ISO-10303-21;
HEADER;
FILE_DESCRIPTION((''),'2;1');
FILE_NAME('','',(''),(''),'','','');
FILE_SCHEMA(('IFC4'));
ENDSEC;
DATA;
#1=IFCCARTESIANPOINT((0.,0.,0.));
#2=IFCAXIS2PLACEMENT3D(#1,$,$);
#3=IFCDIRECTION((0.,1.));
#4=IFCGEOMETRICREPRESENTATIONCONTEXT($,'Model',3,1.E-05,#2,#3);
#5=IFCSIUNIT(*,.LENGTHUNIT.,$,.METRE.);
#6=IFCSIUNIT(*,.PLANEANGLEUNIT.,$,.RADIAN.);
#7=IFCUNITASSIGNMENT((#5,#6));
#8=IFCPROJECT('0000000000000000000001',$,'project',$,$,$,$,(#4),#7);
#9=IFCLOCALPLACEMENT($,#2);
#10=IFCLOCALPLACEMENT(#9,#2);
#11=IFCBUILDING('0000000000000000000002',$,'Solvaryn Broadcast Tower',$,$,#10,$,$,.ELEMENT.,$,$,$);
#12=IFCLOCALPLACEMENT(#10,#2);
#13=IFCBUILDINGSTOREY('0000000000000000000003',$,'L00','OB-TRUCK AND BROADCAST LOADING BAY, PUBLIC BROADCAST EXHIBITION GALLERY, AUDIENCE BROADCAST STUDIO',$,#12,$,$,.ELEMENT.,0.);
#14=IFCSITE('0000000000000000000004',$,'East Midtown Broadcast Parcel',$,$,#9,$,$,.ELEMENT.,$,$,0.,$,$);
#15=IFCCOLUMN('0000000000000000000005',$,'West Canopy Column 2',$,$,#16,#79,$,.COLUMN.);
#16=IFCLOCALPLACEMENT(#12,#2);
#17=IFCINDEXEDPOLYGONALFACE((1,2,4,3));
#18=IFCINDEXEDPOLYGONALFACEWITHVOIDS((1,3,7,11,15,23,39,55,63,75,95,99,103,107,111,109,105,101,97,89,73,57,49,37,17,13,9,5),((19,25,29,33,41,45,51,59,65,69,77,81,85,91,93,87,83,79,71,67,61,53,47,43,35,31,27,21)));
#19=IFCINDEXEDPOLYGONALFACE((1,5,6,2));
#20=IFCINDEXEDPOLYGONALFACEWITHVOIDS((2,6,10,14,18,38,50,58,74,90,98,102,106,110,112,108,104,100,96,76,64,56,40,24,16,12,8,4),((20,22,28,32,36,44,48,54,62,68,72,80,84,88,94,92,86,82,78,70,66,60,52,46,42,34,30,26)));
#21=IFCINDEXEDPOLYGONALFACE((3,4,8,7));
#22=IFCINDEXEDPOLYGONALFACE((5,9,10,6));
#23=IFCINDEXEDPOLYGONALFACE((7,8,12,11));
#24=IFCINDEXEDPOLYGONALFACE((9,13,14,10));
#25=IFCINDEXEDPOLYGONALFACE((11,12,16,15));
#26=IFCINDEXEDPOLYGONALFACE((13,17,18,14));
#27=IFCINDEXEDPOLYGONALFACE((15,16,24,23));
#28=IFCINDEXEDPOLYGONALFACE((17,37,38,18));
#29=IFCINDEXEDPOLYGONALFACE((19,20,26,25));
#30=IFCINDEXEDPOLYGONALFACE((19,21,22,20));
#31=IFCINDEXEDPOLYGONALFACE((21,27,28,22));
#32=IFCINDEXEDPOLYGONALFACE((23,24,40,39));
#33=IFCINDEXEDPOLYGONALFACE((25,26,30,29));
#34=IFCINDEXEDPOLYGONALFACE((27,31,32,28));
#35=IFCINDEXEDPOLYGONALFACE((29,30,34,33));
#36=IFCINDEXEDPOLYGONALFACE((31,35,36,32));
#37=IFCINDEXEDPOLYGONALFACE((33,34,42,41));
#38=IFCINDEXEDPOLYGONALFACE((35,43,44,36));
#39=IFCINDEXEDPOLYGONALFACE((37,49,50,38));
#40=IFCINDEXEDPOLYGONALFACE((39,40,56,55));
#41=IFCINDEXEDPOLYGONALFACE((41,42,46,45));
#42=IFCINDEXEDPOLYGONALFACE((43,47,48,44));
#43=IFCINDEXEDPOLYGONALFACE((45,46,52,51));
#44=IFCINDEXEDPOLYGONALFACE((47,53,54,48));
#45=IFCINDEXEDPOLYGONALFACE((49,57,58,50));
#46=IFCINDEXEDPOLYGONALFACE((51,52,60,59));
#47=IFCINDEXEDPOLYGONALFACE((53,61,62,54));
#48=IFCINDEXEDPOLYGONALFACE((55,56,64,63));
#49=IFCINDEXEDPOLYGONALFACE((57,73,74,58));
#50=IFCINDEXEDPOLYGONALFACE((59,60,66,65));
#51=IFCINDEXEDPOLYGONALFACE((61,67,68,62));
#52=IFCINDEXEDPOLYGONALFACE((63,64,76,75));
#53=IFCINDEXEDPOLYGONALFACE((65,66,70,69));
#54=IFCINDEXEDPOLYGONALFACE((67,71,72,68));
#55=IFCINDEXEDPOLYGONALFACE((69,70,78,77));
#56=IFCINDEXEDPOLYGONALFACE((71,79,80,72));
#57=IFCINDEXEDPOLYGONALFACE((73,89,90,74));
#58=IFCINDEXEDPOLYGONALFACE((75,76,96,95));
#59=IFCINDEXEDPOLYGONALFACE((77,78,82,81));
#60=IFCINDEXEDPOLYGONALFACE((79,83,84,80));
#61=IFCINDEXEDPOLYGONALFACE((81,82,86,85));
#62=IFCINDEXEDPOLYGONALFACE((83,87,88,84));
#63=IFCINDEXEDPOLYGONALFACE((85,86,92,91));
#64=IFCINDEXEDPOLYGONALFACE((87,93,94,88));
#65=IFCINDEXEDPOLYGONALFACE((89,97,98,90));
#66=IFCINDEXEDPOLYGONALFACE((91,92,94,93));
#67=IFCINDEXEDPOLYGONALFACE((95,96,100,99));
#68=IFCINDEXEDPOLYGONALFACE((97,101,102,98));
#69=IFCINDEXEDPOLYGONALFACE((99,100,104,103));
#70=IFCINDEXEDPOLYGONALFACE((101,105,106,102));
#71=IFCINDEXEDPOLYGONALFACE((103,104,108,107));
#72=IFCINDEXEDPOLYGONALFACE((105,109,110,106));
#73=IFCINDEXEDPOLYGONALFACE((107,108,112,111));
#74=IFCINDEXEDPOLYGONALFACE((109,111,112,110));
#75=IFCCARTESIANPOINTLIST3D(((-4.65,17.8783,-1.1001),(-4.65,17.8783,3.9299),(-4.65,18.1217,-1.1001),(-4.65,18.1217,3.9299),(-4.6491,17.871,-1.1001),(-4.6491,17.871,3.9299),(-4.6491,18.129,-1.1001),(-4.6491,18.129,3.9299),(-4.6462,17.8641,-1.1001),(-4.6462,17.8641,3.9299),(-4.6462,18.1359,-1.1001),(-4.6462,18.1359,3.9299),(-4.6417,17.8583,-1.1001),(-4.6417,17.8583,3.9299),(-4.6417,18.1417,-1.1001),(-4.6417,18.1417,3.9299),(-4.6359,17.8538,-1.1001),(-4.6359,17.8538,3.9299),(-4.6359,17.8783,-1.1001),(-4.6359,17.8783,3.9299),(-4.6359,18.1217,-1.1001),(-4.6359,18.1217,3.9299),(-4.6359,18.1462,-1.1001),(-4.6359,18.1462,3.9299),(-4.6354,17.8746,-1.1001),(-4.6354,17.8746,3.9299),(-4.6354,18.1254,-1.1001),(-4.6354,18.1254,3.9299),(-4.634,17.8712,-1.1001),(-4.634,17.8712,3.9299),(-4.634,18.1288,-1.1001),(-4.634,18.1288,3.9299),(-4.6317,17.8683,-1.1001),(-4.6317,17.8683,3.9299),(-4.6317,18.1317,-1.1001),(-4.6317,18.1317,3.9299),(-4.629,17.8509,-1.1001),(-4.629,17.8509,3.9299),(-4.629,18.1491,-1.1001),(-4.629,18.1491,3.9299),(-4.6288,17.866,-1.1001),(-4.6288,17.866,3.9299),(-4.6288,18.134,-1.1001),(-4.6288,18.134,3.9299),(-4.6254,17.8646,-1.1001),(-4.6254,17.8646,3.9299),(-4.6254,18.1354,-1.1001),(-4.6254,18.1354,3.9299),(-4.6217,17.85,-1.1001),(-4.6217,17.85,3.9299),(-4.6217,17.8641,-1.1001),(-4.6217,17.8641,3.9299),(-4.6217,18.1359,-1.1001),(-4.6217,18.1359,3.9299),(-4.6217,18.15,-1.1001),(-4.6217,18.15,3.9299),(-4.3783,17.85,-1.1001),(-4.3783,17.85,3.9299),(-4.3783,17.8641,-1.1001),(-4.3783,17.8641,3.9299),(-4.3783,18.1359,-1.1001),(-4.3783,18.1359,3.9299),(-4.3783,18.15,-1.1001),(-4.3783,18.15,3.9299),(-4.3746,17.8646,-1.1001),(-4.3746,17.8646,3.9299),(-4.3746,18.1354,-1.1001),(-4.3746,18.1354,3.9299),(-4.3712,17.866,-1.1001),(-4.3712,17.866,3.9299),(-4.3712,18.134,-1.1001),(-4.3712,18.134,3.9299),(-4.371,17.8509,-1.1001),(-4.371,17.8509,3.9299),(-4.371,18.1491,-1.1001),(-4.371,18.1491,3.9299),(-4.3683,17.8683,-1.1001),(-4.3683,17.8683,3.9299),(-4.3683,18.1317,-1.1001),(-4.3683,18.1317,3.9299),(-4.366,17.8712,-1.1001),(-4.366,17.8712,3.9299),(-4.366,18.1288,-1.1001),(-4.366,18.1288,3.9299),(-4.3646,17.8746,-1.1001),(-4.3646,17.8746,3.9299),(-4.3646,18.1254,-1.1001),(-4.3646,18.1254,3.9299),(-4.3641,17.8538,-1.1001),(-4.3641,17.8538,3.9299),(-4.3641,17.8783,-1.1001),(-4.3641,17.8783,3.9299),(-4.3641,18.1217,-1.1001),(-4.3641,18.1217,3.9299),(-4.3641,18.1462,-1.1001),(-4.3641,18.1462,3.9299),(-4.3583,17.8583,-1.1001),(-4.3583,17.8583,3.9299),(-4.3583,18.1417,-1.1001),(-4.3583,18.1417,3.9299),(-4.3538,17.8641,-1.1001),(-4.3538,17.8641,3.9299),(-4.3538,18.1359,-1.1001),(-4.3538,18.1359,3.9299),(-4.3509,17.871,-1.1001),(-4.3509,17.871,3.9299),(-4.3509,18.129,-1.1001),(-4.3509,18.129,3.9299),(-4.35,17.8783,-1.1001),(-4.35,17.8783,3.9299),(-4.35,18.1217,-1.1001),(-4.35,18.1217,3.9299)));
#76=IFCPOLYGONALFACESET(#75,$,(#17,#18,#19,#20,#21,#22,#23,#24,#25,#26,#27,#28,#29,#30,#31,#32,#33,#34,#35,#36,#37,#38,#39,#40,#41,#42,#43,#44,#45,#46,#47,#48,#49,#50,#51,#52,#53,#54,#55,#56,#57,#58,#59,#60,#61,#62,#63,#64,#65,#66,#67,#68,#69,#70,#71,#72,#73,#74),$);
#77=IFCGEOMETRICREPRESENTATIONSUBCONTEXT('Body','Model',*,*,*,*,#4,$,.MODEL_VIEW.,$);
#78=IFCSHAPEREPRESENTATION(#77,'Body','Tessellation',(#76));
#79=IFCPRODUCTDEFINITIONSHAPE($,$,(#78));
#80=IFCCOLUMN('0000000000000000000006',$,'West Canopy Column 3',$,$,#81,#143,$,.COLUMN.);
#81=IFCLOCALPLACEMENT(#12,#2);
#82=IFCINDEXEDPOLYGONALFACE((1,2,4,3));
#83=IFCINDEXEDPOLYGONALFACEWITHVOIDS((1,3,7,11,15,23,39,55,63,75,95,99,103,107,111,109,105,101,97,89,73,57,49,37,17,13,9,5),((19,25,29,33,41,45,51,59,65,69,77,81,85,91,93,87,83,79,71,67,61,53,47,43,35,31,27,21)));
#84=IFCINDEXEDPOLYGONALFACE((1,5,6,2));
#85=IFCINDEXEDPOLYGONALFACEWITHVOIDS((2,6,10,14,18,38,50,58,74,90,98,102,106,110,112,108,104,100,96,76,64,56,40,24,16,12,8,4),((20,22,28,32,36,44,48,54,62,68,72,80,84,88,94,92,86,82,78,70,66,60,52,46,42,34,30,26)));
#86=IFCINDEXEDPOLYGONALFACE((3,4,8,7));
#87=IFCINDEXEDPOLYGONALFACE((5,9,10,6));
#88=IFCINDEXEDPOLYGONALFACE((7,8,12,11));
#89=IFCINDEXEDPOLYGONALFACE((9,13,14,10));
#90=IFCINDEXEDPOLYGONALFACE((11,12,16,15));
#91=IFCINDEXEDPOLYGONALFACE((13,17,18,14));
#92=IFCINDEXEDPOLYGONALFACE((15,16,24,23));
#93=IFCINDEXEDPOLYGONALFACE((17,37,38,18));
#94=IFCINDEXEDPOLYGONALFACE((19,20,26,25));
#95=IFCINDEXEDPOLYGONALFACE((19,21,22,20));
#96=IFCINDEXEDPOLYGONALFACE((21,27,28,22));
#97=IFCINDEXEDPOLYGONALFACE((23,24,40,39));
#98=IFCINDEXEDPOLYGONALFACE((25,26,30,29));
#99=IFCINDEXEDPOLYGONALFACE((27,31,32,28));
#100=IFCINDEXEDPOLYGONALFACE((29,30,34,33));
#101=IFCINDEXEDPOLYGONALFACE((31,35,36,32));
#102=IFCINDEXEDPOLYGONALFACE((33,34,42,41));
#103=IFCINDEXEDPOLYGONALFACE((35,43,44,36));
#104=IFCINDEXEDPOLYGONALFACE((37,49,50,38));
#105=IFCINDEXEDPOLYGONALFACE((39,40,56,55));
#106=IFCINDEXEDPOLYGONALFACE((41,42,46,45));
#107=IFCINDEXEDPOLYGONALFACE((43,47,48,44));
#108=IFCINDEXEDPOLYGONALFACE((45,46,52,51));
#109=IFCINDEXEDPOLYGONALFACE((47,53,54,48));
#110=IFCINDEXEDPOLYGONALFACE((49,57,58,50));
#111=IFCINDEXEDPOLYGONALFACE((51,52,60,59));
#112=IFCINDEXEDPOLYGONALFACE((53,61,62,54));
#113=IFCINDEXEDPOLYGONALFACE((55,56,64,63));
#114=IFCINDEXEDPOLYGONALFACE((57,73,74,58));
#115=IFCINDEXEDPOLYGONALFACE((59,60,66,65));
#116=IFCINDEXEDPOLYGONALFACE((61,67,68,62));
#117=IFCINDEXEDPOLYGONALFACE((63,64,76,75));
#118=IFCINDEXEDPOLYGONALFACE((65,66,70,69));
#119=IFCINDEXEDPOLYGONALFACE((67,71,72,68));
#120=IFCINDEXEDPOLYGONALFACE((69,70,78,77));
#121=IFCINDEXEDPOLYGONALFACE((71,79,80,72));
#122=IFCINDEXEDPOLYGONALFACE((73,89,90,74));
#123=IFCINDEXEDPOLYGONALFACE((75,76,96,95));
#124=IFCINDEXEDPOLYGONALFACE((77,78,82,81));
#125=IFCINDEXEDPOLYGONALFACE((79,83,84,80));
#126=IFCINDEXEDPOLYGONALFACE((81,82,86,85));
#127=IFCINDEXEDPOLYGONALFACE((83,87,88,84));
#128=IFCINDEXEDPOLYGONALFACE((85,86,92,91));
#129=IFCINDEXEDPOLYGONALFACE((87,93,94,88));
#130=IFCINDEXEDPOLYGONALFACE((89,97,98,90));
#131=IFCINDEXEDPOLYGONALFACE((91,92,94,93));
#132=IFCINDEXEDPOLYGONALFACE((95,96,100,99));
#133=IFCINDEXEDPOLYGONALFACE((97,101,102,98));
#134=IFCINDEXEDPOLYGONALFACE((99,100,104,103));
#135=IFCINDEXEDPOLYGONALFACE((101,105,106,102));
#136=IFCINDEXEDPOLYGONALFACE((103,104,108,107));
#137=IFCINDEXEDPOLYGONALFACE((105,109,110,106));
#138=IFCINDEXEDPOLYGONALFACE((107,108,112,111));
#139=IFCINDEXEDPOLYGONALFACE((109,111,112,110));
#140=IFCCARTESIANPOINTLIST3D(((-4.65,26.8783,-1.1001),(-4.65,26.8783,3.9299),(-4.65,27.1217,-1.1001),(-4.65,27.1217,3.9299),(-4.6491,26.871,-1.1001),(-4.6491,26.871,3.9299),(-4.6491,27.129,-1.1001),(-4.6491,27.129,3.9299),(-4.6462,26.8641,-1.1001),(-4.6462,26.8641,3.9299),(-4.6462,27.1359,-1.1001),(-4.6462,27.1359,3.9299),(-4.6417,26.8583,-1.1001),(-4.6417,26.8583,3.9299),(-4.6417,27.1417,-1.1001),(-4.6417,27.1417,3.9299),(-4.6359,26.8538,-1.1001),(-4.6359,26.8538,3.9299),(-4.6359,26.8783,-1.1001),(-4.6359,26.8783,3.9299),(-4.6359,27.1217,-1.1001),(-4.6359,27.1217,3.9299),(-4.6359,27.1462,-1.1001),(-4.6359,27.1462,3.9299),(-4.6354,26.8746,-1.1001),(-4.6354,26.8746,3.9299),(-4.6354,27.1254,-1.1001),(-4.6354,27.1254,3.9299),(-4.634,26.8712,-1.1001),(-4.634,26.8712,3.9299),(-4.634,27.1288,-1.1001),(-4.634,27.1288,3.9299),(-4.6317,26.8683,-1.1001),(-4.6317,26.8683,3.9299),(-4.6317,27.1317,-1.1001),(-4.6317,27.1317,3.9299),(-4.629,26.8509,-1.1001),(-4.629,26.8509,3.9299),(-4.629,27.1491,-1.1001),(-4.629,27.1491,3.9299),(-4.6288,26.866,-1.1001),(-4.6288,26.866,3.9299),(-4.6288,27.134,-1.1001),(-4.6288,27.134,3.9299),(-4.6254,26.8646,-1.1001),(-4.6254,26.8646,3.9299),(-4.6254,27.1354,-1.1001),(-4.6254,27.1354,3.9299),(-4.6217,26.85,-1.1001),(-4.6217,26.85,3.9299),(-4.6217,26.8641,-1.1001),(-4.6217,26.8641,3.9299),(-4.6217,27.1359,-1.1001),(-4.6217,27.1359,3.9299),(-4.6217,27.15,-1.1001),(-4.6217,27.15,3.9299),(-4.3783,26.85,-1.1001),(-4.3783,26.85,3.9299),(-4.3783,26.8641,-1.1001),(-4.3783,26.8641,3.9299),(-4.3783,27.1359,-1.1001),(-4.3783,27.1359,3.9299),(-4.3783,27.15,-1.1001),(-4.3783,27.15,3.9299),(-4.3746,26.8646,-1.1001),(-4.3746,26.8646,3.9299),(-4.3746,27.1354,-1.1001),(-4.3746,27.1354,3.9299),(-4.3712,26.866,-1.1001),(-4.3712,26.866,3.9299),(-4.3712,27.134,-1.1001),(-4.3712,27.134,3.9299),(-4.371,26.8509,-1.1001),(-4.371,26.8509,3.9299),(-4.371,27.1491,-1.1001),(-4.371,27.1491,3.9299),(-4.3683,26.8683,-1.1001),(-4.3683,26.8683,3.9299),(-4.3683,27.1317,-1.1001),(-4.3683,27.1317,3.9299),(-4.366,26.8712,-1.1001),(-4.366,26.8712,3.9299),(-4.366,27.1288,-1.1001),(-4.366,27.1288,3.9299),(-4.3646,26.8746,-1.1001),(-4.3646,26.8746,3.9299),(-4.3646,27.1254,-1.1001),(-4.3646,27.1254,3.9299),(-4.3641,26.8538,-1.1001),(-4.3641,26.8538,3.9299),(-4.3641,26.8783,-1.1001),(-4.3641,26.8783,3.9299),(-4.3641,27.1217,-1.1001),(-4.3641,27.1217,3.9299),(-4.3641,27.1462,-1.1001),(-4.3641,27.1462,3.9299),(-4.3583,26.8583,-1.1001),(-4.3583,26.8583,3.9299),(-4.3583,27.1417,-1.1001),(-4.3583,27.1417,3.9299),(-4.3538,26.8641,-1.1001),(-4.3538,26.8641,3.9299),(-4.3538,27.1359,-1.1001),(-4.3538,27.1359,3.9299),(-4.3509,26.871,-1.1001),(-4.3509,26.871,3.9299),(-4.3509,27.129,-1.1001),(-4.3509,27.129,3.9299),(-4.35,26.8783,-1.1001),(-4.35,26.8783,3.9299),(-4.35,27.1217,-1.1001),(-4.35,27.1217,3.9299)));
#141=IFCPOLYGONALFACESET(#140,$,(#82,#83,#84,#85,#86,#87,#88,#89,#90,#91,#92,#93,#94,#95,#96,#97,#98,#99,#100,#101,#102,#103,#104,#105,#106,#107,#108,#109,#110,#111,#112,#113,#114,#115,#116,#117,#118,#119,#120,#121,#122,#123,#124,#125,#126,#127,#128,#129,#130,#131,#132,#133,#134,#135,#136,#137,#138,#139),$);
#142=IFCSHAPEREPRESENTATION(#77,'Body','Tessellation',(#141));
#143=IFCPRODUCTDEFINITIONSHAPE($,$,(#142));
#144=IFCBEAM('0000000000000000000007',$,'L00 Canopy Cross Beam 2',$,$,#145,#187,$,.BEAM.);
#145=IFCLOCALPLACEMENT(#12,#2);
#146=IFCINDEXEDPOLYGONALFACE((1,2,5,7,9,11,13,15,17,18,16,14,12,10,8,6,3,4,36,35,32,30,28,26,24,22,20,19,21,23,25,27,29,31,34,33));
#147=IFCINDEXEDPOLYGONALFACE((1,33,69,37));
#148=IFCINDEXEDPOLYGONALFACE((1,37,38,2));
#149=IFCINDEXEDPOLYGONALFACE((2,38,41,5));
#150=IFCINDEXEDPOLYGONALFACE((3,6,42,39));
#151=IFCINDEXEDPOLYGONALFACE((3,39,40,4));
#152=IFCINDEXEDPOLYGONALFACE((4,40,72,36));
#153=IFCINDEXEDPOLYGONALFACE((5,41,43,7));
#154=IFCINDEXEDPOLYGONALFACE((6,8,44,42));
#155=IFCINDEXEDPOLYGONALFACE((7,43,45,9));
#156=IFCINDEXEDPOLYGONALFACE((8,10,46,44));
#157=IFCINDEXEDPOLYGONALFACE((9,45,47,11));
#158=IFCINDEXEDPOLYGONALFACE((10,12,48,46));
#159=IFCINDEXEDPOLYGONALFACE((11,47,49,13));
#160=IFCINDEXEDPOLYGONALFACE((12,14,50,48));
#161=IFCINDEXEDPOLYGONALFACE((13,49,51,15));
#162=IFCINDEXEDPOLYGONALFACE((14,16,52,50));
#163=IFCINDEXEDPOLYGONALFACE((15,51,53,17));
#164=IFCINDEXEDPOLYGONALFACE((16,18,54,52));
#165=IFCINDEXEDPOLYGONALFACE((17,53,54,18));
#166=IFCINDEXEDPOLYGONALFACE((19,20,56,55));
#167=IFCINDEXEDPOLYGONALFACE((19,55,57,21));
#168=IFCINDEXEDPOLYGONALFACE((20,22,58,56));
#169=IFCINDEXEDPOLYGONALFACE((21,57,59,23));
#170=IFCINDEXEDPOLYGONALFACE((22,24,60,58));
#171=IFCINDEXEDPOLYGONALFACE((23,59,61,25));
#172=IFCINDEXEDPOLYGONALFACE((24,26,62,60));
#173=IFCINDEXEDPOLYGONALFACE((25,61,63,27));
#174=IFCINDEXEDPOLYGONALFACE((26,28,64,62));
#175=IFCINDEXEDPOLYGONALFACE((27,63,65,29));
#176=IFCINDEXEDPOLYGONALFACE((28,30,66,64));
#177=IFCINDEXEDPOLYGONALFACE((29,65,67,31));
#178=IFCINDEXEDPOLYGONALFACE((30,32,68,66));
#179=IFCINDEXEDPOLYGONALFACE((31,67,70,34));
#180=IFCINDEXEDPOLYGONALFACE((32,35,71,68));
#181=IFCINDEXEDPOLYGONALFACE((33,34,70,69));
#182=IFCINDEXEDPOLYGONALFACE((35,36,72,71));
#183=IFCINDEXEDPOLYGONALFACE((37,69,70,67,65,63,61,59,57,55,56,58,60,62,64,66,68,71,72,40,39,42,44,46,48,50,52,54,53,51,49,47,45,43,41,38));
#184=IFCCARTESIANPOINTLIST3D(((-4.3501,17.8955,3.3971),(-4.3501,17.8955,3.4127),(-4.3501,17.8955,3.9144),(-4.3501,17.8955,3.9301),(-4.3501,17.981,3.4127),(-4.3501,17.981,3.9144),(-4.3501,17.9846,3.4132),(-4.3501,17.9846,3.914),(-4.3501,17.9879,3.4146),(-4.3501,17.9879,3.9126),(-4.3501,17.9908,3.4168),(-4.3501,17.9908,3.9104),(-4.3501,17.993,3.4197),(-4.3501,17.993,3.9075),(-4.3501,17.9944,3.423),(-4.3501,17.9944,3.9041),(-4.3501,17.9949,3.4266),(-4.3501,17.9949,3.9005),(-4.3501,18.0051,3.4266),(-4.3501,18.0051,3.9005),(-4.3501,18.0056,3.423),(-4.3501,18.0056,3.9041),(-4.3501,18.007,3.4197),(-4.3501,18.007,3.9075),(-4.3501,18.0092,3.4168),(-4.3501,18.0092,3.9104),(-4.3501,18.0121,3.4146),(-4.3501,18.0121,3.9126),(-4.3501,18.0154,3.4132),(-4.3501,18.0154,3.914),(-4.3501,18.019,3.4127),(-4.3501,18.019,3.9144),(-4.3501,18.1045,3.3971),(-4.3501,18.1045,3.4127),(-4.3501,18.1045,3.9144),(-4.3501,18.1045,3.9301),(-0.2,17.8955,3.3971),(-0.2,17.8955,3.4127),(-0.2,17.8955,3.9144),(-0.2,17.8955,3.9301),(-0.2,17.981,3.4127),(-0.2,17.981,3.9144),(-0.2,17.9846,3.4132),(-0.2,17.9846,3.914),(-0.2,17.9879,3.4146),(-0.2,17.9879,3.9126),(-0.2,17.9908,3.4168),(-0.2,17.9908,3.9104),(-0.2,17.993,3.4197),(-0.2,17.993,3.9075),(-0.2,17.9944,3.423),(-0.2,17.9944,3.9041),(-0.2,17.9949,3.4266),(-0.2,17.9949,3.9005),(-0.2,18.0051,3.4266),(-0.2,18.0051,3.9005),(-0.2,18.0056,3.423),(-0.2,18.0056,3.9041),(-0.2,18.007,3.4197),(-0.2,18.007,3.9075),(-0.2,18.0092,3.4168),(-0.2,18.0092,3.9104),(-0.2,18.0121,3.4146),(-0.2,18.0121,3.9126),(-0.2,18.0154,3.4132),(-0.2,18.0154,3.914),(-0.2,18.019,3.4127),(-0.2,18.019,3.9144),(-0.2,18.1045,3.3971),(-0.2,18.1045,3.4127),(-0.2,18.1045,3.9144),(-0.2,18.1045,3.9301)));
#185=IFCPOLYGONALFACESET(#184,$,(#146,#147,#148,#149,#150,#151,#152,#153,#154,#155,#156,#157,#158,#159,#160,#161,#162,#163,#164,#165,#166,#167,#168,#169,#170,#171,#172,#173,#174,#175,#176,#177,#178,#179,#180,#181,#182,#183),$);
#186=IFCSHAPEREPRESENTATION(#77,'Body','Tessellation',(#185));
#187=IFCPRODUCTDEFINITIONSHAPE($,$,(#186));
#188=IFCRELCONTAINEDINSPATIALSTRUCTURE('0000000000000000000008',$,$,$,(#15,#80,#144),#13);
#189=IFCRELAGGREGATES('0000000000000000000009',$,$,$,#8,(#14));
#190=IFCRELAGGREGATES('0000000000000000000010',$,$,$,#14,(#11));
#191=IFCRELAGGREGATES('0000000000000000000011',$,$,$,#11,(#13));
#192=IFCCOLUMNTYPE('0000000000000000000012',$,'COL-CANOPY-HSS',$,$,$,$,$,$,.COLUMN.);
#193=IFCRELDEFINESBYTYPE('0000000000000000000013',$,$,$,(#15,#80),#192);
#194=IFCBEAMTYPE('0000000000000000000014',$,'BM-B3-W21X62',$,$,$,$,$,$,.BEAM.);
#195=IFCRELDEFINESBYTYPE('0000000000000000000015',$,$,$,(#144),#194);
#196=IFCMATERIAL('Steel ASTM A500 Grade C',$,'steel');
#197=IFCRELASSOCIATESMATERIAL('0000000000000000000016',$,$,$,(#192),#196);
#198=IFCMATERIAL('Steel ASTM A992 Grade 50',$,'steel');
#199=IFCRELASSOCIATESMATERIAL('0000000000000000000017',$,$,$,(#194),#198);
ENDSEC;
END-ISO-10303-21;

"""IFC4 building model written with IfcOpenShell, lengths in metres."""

from ifc_helpers import new_model, si_unit, direction, frame, origin, origin_2d, place, context, subcontext, project, spatial, hollow_rectangle, i_section, extrude, material, material_profile, profile_set, type_object, element, save


model = new_model("IFC4")

# Units and contexts
model_context = context("Model", 3, precision=1e-05, world=origin(), true_north=direction((0.0, 1.0)))
body_context = subcontext(model_context, "Body", "Model", "MODEL_VIEW")
ifc_project = project(units=[si_unit("LENGTHUNIT", "METRE"), si_unit("PLANEANGLEUNIT", "RADIAN")], contexts=[model_context])

# Site, building, storey
site_placement = place(None, origin())
site = spatial("IfcSite", under=ifc_project, at=site_placement, Name="East Midtown Broadcast Parcel", CompositionType="ELEMENT", RefElevation=0.0)
building_placement = place(site_placement, origin())
building = spatial("IfcBuilding", under=site, at=building_placement, Name="Solvaryn Broadcast Tower", CompositionType="ELEMENT")
storey_placement = place(building_placement, origin())
storey = spatial("IfcBuildingStorey", under=building, at=storey_placement, Name="L00", Description="OB-TRUCK AND BROADCAST LOADING BAY, PUBLIC BROADCAST EXHIBITION GALLERY, AUDIENCE BROADCAST STUDIO", CompositionType="ELEMENT", Elevation=0.0)

# Columns
ifc_material_1 = material(Name="Steel ASTM A500 Grade C", Category="steel")
ifc_material_profile_1 = material_profile(ifc_material_1, hollow_rectangle(XDim=0.3, YDim=0.3, WallThickness=0.0142, InnerFilletRadius=0.0142, OuterFilletRadius=0.0283, at=origin_2d()))
ifc_profile_set_1 = profile_set([ifc_material_profile_1], Name="Steel ASTM A500 Grade C")
column_type_1 = type_object("IfcColumnType", Name="COL-CANOPY-HSS", PredefinedType="COLUMN", material=ifc_profile_set_1)
for number, where, z_axis, x_axis, name in (
    (1, (-4.5, 18.0, -1.1001), (0.0, 0.0, 1.0), (1.0, 0.0, 0.0), "West Canopy Column 2"),
    (2, (-4.5, 27.0, -1.1001), (0.0, 0.0, 1.0), (1.0, 0.0, 0.0), "West Canopy Column 3"),
):
    element("IfcColumn", number, at=place(storey_placement, frame(where, z_axis=z_axis, x_axis=x_axis)), inside=storey, type_object=column_type_1, Name=name, PredefinedType="COLUMN", context=body_context, shape_type="SweptSolid", body=[
        extrude(hollow_rectangle(XDim=0.3, YDim=0.3, WallThickness=0.0142, InnerFilletRadius=0.0142, OuterFilletRadius=0.0283, at=origin_2d()), origin(), (0.0, 0.0, 1.0), 5.03),
    ])

# Beam
ifc_material_2 = material(Name="Steel ASTM A992 Grade 50", Category="steel")
ifc_material_profile_2 = material_profile(ifc_material_2, i_section(OverallWidth=0.209, OverallDepth=0.533, WebThickness=0.0103, FlangeThickness=0.0156, FilletRadius=0.0139, at=origin_2d()))
ifc_profile_set_2 = profile_set([ifc_material_profile_2], Name="Steel ASTM A992 Grade 50")
beam_type_1 = type_object("IfcBeamType", Name="BM-B3-W21X62", PredefinedType="BEAM", material=ifc_profile_set_2)
for number, where, z_axis, x_axis, name in (
    (3, (-4.3501, 18.0, 3.6636), (1.0, 0.0, 0.0), (0.0, 1.0, 0.0), "L00 Canopy Cross Beam 2"),
):
    element("IfcBeam", number, at=place(storey_placement, frame(where, z_axis=z_axis, x_axis=x_axis)), inside=storey, type_object=beam_type_1, Name=name, PredefinedType="BEAM", context=body_context, shape_type="SweptSolid", body=[
        extrude(i_section(OverallWidth=0.209, OverallDepth=0.533, WebThickness=0.0103, FlangeThickness=0.0156, FilletRadius=0.0139, at=origin_2d()), origin(), (0.0, 0.0, 1.0), 4.1501),
    ])

save(model, "model.ifc")
